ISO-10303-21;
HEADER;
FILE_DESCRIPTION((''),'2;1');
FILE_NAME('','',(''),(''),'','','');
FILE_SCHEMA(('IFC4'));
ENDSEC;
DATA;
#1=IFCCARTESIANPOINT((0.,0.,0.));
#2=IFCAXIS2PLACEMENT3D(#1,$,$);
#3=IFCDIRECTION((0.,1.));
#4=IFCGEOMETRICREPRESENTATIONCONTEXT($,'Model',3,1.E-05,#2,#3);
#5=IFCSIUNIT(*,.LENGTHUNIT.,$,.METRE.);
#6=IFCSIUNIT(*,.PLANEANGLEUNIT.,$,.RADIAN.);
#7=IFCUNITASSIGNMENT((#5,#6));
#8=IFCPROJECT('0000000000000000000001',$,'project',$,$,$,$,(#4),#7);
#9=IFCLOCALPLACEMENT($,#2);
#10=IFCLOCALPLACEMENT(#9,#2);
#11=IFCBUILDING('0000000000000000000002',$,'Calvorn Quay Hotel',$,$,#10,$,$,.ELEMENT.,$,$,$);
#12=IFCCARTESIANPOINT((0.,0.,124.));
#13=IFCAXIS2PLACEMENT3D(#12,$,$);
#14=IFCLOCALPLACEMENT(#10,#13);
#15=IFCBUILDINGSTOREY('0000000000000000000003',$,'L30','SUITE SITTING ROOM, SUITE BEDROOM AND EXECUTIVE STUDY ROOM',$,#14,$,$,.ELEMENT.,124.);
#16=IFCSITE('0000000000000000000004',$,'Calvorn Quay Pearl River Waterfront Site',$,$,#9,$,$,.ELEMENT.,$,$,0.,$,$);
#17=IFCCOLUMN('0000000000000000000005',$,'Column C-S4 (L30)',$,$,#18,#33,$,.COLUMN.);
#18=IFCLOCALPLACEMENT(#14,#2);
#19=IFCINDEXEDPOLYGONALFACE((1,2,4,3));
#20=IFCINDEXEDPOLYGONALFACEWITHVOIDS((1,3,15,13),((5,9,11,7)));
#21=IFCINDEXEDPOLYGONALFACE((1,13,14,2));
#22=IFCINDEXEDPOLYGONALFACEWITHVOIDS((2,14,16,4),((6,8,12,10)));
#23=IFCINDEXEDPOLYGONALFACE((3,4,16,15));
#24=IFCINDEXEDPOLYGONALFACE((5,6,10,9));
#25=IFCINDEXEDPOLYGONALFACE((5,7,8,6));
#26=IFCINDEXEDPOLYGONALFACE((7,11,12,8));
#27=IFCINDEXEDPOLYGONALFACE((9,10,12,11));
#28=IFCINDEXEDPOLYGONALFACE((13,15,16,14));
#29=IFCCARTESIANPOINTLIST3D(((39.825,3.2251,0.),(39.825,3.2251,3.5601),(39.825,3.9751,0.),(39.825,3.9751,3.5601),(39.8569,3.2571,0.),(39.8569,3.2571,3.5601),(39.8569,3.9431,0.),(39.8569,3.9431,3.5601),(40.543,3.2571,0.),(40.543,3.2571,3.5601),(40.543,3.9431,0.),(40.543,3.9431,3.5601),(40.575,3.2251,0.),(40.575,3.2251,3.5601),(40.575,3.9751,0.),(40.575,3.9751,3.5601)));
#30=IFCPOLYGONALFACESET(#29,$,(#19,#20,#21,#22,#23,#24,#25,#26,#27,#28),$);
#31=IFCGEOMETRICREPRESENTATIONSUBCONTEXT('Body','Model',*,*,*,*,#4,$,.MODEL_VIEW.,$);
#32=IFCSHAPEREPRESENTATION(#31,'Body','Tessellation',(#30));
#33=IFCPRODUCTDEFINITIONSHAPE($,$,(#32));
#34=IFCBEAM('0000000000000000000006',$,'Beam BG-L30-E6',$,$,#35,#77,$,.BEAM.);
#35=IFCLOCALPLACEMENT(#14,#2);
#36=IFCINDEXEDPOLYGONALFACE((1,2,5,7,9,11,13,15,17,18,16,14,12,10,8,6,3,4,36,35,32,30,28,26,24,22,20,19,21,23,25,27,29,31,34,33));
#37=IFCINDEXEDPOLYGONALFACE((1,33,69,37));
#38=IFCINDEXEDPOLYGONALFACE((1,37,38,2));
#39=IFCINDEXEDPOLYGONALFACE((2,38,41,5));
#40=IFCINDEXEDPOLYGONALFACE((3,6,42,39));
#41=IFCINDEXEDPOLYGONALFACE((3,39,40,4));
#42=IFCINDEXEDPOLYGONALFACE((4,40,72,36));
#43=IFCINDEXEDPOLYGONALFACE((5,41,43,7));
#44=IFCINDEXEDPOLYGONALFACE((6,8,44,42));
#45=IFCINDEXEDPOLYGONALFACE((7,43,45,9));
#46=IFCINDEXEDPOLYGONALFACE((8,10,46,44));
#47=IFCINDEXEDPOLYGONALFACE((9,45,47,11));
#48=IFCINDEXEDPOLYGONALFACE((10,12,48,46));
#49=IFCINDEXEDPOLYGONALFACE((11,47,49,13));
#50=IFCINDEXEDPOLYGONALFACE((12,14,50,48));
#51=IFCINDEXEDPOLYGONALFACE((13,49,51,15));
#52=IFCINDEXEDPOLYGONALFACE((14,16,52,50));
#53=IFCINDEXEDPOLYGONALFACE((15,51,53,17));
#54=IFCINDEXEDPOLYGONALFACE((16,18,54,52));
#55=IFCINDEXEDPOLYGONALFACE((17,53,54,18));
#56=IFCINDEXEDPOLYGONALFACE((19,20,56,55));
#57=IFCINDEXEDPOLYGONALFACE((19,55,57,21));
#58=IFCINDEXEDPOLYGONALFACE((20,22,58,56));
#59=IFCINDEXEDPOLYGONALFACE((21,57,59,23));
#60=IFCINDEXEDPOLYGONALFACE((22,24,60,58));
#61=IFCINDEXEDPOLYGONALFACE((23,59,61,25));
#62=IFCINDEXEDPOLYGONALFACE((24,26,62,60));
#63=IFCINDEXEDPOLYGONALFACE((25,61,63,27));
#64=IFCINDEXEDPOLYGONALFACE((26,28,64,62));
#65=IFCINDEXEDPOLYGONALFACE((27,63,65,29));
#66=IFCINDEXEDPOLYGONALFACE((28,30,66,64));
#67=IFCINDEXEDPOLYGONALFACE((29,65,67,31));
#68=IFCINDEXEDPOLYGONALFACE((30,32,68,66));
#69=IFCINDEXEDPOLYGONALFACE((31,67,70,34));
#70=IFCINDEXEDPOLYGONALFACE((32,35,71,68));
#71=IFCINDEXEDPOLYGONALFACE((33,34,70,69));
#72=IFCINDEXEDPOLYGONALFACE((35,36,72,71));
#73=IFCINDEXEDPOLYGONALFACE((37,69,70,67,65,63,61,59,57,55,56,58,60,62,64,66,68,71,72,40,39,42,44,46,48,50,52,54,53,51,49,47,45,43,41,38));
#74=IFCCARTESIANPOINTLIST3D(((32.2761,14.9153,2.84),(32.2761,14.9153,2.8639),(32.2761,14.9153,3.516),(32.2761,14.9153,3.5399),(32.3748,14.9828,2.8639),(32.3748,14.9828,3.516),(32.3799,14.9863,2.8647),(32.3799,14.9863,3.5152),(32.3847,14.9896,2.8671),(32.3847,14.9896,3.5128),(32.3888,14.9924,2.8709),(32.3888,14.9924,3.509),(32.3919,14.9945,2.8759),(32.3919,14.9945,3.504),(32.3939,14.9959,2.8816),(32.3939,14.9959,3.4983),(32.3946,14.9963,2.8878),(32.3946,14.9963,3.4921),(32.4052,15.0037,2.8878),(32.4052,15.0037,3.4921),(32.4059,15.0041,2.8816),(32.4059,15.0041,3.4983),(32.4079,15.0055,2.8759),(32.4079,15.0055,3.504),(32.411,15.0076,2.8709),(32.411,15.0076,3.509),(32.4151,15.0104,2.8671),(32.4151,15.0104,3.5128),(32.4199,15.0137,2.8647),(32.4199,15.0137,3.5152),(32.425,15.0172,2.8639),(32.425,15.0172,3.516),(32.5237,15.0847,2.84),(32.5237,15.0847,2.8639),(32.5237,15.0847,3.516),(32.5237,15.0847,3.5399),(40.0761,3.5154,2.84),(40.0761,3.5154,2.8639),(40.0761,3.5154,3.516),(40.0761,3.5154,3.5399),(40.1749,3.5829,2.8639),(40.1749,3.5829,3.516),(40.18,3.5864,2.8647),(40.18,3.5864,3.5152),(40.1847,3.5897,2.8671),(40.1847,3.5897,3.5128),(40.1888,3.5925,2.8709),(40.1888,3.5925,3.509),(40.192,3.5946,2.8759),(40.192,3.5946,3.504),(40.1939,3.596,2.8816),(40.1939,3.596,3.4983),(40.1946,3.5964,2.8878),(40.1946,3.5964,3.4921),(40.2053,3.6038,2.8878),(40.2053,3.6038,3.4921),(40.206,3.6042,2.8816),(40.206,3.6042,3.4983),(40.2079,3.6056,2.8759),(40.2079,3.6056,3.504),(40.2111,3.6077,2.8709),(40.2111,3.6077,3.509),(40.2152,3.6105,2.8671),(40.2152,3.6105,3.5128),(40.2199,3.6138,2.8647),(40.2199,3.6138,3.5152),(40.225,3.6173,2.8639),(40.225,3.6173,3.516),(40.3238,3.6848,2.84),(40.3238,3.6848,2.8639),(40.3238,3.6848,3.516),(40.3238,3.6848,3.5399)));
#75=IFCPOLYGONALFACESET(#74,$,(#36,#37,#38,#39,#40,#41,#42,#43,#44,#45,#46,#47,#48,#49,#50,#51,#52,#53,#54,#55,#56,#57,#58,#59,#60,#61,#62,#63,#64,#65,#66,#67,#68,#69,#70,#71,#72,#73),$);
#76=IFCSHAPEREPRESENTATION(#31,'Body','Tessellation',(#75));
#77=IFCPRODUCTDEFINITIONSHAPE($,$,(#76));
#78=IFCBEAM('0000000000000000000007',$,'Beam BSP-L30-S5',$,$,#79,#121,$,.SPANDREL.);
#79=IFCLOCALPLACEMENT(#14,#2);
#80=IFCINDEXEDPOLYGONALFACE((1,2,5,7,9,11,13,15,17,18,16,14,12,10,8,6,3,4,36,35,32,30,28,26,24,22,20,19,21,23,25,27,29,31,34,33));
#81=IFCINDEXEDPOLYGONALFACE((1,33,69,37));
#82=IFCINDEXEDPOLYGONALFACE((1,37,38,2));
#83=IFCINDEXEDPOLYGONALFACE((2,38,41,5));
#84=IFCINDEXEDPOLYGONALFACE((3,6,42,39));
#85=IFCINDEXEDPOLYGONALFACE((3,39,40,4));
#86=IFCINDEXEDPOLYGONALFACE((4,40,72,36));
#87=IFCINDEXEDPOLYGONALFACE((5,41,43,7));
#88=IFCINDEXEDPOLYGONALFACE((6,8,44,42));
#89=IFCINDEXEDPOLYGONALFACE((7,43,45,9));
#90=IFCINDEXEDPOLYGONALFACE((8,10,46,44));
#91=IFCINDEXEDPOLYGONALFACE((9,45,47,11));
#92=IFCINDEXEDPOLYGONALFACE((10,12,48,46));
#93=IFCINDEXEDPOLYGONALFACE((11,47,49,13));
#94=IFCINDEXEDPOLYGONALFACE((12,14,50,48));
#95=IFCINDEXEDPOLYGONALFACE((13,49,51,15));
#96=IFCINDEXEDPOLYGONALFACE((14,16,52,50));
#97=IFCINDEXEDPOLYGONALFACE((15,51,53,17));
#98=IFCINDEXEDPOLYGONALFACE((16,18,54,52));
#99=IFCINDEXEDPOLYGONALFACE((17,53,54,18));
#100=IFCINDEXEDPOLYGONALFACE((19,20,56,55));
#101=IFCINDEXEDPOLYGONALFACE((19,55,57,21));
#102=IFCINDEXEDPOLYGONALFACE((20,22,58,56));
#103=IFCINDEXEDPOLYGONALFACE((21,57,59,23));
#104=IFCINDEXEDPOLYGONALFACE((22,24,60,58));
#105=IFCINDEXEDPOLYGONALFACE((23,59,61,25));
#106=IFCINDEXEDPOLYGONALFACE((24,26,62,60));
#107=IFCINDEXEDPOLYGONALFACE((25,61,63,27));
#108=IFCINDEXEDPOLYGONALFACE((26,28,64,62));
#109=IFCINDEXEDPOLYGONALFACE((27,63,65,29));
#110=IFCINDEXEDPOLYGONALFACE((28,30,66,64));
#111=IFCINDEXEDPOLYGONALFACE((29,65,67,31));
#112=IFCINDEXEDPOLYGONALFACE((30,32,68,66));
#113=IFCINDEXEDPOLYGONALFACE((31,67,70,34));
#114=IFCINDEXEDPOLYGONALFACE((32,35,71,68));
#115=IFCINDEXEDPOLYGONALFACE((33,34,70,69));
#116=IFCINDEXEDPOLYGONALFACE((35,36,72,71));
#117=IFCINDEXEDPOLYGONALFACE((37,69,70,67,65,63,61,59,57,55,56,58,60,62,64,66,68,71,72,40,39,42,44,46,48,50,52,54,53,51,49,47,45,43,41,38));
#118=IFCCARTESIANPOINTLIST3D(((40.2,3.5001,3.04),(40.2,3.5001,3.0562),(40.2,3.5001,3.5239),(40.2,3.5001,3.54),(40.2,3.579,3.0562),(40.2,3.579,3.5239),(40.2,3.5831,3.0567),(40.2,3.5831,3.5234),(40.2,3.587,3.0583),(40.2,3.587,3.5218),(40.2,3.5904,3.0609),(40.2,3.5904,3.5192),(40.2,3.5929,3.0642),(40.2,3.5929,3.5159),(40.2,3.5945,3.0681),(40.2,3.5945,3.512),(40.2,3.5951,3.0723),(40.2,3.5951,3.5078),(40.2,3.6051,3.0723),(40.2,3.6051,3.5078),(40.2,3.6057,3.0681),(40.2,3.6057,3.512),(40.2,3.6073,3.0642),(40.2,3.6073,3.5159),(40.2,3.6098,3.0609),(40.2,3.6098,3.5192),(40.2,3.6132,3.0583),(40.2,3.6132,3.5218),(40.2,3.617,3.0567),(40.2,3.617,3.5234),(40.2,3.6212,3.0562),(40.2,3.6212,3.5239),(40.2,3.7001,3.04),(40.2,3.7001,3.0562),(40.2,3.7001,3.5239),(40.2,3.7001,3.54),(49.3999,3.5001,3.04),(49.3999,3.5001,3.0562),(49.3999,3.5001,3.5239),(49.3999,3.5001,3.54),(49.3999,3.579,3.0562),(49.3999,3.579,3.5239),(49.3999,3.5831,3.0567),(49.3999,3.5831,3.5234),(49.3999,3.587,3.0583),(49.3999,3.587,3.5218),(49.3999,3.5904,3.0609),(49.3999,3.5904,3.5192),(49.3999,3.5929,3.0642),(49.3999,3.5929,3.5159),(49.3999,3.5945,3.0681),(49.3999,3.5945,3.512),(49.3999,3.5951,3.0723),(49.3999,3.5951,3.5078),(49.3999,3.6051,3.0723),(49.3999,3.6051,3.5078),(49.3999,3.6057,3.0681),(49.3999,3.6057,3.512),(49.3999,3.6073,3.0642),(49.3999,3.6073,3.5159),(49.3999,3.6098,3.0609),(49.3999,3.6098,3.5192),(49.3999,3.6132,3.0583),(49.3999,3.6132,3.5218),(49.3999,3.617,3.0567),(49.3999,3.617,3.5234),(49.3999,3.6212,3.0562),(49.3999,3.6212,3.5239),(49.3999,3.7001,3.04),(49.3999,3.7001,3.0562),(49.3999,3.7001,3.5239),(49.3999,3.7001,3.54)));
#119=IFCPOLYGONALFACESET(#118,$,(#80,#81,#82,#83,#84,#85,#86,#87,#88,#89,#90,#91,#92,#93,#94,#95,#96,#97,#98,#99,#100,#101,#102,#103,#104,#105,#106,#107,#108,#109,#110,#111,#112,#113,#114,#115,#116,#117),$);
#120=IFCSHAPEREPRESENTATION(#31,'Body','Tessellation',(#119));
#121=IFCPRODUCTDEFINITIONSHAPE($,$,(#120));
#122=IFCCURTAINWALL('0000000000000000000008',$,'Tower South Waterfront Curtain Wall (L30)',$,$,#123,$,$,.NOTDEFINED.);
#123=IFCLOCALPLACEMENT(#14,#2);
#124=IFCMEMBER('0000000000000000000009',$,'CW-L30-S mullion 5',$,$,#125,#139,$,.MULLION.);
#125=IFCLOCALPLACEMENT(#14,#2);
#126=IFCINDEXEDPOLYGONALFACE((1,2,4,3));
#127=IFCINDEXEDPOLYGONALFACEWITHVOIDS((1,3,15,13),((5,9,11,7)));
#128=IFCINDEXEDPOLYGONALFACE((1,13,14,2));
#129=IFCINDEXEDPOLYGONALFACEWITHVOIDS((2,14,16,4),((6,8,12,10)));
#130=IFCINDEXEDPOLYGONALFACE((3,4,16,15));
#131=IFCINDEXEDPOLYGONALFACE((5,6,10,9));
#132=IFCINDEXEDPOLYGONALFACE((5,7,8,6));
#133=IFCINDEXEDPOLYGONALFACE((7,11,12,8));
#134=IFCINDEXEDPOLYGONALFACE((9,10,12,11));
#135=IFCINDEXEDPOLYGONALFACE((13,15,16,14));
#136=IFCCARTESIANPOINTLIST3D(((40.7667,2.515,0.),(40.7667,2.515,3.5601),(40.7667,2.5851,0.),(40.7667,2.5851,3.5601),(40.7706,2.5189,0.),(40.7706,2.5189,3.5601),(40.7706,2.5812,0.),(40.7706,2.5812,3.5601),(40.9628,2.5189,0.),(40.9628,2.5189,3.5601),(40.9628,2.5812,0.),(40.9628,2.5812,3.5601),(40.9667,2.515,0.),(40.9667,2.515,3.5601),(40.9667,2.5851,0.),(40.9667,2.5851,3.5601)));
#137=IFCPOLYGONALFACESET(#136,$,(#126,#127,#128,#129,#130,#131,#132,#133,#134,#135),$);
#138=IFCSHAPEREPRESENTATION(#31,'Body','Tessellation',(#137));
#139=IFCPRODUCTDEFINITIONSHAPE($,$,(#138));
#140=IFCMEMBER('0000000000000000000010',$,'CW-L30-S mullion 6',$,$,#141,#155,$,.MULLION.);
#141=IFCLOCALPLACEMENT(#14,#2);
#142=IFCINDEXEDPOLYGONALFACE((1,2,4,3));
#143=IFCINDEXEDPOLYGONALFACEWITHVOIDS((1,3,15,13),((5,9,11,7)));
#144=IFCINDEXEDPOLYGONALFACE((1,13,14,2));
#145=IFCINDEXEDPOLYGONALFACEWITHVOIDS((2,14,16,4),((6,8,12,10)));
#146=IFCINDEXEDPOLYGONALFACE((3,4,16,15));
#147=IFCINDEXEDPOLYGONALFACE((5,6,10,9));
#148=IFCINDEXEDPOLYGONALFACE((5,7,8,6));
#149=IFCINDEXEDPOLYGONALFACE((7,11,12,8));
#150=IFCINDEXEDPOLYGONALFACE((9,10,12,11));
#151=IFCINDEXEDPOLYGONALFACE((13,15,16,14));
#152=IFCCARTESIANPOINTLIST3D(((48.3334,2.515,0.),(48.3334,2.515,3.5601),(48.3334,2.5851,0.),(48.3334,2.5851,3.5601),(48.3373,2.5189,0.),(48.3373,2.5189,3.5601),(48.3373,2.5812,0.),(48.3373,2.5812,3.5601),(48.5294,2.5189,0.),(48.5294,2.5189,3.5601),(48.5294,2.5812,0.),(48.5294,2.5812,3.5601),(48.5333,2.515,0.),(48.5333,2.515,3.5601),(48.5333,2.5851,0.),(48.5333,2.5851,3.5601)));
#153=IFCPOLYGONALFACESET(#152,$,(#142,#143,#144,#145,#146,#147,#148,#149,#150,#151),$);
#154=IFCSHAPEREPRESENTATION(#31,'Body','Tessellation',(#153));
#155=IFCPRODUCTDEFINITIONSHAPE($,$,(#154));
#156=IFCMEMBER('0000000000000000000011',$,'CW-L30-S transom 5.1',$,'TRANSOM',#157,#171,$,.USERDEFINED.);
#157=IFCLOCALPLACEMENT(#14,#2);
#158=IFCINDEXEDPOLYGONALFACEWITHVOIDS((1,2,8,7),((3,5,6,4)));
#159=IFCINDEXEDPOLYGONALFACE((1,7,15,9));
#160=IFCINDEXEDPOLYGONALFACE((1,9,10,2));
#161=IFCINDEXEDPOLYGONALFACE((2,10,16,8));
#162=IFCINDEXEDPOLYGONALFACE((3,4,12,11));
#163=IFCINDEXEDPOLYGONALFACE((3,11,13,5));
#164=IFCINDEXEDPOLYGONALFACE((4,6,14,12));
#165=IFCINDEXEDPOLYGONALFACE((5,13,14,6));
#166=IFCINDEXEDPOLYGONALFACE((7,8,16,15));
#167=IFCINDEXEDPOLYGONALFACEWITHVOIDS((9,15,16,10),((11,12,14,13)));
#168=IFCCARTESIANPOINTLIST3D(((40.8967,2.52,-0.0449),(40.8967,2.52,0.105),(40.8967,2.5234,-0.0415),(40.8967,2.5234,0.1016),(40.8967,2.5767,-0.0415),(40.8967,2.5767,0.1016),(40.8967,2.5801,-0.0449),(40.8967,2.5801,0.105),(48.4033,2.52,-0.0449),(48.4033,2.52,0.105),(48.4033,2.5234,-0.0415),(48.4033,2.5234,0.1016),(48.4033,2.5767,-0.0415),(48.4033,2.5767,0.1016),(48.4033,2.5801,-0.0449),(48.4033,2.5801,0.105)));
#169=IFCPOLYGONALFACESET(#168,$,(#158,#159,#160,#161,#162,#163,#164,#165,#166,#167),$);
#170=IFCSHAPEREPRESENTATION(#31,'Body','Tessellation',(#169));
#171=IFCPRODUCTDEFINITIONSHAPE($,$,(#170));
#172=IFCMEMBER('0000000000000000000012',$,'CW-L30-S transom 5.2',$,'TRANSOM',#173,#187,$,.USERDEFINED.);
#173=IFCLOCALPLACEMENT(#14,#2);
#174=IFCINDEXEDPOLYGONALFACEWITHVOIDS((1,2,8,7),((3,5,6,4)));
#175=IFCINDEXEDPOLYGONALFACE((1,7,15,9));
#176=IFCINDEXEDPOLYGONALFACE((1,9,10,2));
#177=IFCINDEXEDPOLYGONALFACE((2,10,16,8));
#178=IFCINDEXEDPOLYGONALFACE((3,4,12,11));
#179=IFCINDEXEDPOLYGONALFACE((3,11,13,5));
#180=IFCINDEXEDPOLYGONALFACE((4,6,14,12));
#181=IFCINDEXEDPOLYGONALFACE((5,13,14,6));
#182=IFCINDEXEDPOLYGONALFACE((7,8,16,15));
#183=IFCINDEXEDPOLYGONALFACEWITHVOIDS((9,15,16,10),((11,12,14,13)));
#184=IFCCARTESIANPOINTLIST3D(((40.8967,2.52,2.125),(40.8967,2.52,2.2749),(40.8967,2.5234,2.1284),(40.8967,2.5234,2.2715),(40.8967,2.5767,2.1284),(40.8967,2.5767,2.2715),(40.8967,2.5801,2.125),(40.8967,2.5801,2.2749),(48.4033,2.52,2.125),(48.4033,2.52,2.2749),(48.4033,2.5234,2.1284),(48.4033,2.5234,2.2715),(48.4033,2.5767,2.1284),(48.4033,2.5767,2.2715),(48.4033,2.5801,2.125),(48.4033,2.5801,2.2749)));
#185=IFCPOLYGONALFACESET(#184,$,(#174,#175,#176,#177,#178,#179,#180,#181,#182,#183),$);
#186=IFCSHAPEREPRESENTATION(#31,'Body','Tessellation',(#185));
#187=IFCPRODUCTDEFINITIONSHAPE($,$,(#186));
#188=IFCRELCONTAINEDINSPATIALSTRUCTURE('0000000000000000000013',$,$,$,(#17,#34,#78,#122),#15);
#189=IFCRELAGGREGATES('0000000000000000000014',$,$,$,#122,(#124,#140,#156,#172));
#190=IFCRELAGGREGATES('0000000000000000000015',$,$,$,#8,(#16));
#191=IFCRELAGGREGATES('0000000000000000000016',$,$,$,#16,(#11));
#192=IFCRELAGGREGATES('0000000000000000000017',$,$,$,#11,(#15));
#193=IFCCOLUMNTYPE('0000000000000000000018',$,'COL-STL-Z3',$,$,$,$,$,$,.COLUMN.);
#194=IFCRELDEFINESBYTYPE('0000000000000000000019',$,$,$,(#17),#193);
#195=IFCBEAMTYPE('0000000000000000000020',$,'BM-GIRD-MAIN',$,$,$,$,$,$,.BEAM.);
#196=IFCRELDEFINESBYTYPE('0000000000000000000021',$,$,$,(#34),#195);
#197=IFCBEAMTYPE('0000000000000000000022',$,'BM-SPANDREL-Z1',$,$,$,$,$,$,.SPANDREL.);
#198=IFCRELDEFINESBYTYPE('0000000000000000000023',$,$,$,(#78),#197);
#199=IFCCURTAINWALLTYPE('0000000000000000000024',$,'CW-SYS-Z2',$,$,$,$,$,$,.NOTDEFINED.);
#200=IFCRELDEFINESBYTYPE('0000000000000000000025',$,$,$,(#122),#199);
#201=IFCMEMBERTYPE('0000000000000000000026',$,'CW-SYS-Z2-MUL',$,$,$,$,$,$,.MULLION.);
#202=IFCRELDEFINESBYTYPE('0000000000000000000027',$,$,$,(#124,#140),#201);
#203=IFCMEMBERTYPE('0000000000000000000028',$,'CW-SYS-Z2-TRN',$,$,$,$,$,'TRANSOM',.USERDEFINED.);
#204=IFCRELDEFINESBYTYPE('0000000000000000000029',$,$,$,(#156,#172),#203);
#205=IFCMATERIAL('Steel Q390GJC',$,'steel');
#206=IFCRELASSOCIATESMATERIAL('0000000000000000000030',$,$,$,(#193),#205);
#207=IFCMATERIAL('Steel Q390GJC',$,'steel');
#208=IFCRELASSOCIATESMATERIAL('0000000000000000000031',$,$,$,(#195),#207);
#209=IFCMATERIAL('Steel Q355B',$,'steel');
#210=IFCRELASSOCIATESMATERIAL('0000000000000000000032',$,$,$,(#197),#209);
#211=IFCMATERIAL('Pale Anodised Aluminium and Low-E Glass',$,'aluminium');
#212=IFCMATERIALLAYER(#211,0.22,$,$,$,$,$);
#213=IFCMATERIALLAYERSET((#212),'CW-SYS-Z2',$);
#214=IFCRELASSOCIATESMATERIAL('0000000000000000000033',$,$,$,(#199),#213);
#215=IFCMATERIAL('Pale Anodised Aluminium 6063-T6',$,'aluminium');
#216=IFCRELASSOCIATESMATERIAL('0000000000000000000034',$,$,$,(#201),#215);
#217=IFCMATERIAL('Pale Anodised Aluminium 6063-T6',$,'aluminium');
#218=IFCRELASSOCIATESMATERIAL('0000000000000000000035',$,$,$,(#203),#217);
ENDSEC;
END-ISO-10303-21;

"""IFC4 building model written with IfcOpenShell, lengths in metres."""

from ifc_helpers import new_model, si_unit, direction, frame, origin, origin_2d, place, context, subcontext, project, spatial, hollow_rectangle, i_section, extrude, material, layer, layer_set, material_profile, profile_set, type_object, element, aggregate, save


model = new_model("IFC4")

# Units and contexts
model_context = context("Model", 3, precision=1e-05, world=origin(), true_north=direction((0.0, 1.0)))
body_context = subcontext(model_context, "Body", "Model", "MODEL_VIEW")
ifc_project = project(units=[si_unit("LENGTHUNIT", "METRE"), si_unit("PLANEANGLEUNIT", "RADIAN")], contexts=[model_context])

# Site, building, storey
site_placement = place(None, origin())
site = spatial("IfcSite", under=ifc_project, at=site_placement, Name="Calvorn Quay Pearl River Waterfront Site", CompositionType="ELEMENT", RefElevation=0.0)
building_placement = place(site_placement, origin())
building = spatial("IfcBuilding", under=site, at=building_placement, Name="Calvorn Quay Hotel", CompositionType="ELEMENT")
storey_placement = place(building_placement, frame((0.0, 0.0, 124.0)))
storey = spatial("IfcBuildingStorey", under=building, at=storey_placement, Name="L30", Description="SUITE SITTING ROOM, SUITE BEDROOM AND EXECUTIVE STUDY ROOM", CompositionType="ELEMENT", Elevation=124.0)

# Column
ifc_material_1 = material(Name="Steel Q390GJC", Category="steel")
ifc_material_profile_1 = material_profile(ifc_material_1, hollow_rectangle(XDim=0.75, YDim=0.75, WallThickness=0.032, at=origin_2d()), Name="BOX750x750x32")
ifc_profile_set_1 = profile_set([ifc_material_profile_1], Name="Steel Q390GJC")
column_type = type_object("IfcColumnType", Name="COL-STL-Z3", PredefinedType="COLUMN", material=ifc_profile_set_1)
column_placement = place(storey_placement, frame((40.2, 3.6001, 0.0), z_axis=(0.0, 0.0, 1.0), x_axis=(1.0, 0.0, 0.0)))
element("IfcColumn", 1, at=column_placement, inside=storey, type_object=column_type, Name="Column C-S4 (L30)", PredefinedType="COLUMN", context=body_context, shape_type="SweptSolid", body=[
    extrude(hollow_rectangle(XDim=0.75, YDim=0.75, WallThickness=0.032, at=origin_2d()), origin(), (0.0, 0.0, 1.0), 3.5601),
])

# Beams
ifc_material_2 = material(Name="Steel Q390GJC", Category="steel")
ifc_material_profile_2 = material_profile(ifc_material_2, i_section(OverallWidth=0.3, OverallDepth=0.7, WebThickness=0.0129, FlangeThickness=0.0239, FilletRadius=0.0239, at=origin_2d()), Name="HN700x300x13x24")
ifc_profile_set_2 = profile_set([ifc_material_profile_2], Name="Steel Q390GJC")
beam_type_1 = type_object("IfcBeamType", Name="BM-GIRD-MAIN", PredefinedType="BEAM", material=ifc_profile_set_2)
beam_1_placement = place(storey_placement, frame((40.2, 3.6001, 3.1899), z_axis=(-0.56469, 0.825303, 0.0), x_axis=(-0.825303, -0.56469, 0.0)))
element("IfcBeam", 2, at=beam_1_placement, inside=storey, type_object=beam_type_1, Name="Beam BG-L30-E6", PredefinedType="BEAM", context=body_context, shape_type="SweptSolid", body=[
    extrude(i_section(OverallWidth=0.3, OverallDepth=0.7, WebThickness=0.0129, FlangeThickness=0.0239, FilletRadius=0.0239, at=origin_2d()), origin(), (0.0, 0.0, 1.0), 13.813),
])
ifc_material_3 = material(Name="Steel Q355B", Category="steel")
ifc_material_profile_3 = material_profile(ifc_material_3, i_section(OverallWidth=0.2, OverallDepth=0.5, WebThickness=0.01, FlangeThickness=0.0161, FilletRadius=0.0161, at=origin_2d()), Name="HN500x200x10x16")
ifc_profile_set_3 = profile_set([ifc_material_profile_3], Name="Steel Q355B")
beam_type_2 = type_object("IfcBeamType", Name="BM-SPANDREL-Z1", PredefinedType="SPANDREL", material=ifc_profile_set_3)
beam_2_placement = place(storey_placement, frame((40.2, 3.6001, 3.29), z_axis=(1.0, 0.0, 0.0), x_axis=(0.0, 1.0, 0.0)))
element("IfcBeam", 3, at=beam_2_placement, inside=storey, type_object=beam_type_2, Name="Beam BSP-L30-S5", PredefinedType="SPANDREL", context=body_context, shape_type="SweptSolid", body=[
    extrude(i_section(OverallWidth=0.2, OverallDepth=0.5, WebThickness=0.01, FlangeThickness=0.0161, FilletRadius=0.0161, at=origin_2d()), origin(), (0.0, 0.0, 1.0), 9.2),
])

# Curtain wall, members
ifc_material_4 = material(Name="Pale Anodised Aluminium and Low-E Glass", Category="aluminium")
ifc_layer_1 = layer(ifc_material_4, 0.22)
ifc_layer_set_1 = layer_set([ifc_layer_1], Name="CW-SYS-Z2")
curtain_wall_type = type_object("IfcCurtainWallType", Name="CW-SYS-Z2", PredefinedType="NOTDEFINED", material=ifc_layer_set_1)
curtain_wall_placement = place(storey_placement, origin())
curtain_wall = element("IfcCurtainWall", 4, at=curtain_wall_placement, inside=storey, type_object=curtain_wall_type, Name="Tower South Waterfront Curtain Wall (L30)", PredefinedType="NOTDEFINED")
ifc_material_5 = material(Name="Pale Anodised Aluminium 6063-T6", Category="aluminium")
ifc_material_profile_4 = material_profile(ifc_material_5, hollow_rectangle(XDim=0.0701, YDim=0.2, WallThickness=0.0039, at=origin_2d()), Name="ALU-M200x70x4")
ifc_profile_set_4 = profile_set([ifc_material_profile_4], Name="Pale Anodised Aluminium 6063-T6")
member_type_1 = type_object("IfcMemberType", Name="CW-SYS-Z2-MUL", PredefinedType="MULLION", material=ifc_profile_set_4)
member_1_placement = place(storey_placement, frame((40.8667, 2.55, 0.0), z_axis=(0.0, 0.0, 1.0), x_axis=(0.0, 1.0, 0.0)))
member_1 = element("IfcMember", 5, at=member_1_placement, type_object=member_type_1, Name="CW-L30-S mullion 5", PredefinedType="MULLION", context=body_context, shape_type="SweptSolid", body=[
    extrude(hollow_rectangle(XDim=0.0701, YDim=0.2, WallThickness=0.0039, at=origin_2d()), origin(), (0.0, 0.0, 1.0), 3.5601),
])
member_2_placement = place(storey_placement, frame((48.4333, 2.55, 0.0), z_axis=(0.0, 0.0, 1.0), x_axis=(0.0, 1.0, 0.0)))
member_2 = element("IfcMember", 6, at=member_2_placement, type_object=member_type_1, Name="CW-L30-S mullion 6", PredefinedType="MULLION", context=body_context, shape_type="SweptSolid", body=[
    extrude(hollow_rectangle(XDim=0.0701, YDim=0.2, WallThickness=0.0039, at=origin_2d()), origin(), (0.0, 0.0, 1.0), 3.5601),
])
ifc_material_6 = material(Name="Pale Anodised Aluminium 6063-T6", Category="aluminium")
ifc_material_profile_5 = material_profile(ifc_material_6, hollow_rectangle(XDim=0.0601, YDim=0.1499, WallThickness=0.0034, at=origin_2d()), Name="ALU-T150x60x3.5")
ifc_profile_set_5 = profile_set([ifc_material_profile_5], Name="Pale Anodised Aluminium 6063-T6")
member_type_2 = type_object("IfcMemberType", Name="CW-SYS-Z2-TRN", ElementType="TRANSOM", PredefinedType="USERDEFINED", material=ifc_profile_set_5)
member_3_placement = place(storey_placement, frame((40.8967, 2.55, 0.03), z_axis=(1.0, 0.0, 0.0), x_axis=(0.0, 1.0, 0.0)))
member_3 = element("IfcMember", 7, at=member_3_placement, type_object=member_type_2, Name="CW-L30-S transom 5.1", ObjectType="TRANSOM", PredefinedType="USERDEFINED", context=body_context, shape_type="SweptSolid", body=[
    extrude(hollow_rectangle(XDim=0.0601, YDim=0.1499, WallThickness=0.0034, at=origin_2d()), origin(), (0.0, 0.0, 1.0), 7.5066),
])
member_4_placement = place(storey_placement, frame((40.8967, 2.55, 2.2), z_axis=(1.0, 0.0, 0.0), x_axis=(0.0, 1.0, 0.0)))
member_4 = element("IfcMember", 8, at=member_4_placement, type_object=member_type_2, Name="CW-L30-S transom 5.2", ObjectType="TRANSOM", PredefinedType="USERDEFINED", context=body_context, shape_type="SweptSolid", body=[
    extrude(hollow_rectangle(XDim=0.0601, YDim=0.1499, WallThickness=0.0034, at=origin_2d()), origin(), (0.0, 0.0, 1.0), 7.5066),
])
aggregate(curtain_wall, [member_1, member_2, member_3, member_4])

save(model, "model.ifc")
